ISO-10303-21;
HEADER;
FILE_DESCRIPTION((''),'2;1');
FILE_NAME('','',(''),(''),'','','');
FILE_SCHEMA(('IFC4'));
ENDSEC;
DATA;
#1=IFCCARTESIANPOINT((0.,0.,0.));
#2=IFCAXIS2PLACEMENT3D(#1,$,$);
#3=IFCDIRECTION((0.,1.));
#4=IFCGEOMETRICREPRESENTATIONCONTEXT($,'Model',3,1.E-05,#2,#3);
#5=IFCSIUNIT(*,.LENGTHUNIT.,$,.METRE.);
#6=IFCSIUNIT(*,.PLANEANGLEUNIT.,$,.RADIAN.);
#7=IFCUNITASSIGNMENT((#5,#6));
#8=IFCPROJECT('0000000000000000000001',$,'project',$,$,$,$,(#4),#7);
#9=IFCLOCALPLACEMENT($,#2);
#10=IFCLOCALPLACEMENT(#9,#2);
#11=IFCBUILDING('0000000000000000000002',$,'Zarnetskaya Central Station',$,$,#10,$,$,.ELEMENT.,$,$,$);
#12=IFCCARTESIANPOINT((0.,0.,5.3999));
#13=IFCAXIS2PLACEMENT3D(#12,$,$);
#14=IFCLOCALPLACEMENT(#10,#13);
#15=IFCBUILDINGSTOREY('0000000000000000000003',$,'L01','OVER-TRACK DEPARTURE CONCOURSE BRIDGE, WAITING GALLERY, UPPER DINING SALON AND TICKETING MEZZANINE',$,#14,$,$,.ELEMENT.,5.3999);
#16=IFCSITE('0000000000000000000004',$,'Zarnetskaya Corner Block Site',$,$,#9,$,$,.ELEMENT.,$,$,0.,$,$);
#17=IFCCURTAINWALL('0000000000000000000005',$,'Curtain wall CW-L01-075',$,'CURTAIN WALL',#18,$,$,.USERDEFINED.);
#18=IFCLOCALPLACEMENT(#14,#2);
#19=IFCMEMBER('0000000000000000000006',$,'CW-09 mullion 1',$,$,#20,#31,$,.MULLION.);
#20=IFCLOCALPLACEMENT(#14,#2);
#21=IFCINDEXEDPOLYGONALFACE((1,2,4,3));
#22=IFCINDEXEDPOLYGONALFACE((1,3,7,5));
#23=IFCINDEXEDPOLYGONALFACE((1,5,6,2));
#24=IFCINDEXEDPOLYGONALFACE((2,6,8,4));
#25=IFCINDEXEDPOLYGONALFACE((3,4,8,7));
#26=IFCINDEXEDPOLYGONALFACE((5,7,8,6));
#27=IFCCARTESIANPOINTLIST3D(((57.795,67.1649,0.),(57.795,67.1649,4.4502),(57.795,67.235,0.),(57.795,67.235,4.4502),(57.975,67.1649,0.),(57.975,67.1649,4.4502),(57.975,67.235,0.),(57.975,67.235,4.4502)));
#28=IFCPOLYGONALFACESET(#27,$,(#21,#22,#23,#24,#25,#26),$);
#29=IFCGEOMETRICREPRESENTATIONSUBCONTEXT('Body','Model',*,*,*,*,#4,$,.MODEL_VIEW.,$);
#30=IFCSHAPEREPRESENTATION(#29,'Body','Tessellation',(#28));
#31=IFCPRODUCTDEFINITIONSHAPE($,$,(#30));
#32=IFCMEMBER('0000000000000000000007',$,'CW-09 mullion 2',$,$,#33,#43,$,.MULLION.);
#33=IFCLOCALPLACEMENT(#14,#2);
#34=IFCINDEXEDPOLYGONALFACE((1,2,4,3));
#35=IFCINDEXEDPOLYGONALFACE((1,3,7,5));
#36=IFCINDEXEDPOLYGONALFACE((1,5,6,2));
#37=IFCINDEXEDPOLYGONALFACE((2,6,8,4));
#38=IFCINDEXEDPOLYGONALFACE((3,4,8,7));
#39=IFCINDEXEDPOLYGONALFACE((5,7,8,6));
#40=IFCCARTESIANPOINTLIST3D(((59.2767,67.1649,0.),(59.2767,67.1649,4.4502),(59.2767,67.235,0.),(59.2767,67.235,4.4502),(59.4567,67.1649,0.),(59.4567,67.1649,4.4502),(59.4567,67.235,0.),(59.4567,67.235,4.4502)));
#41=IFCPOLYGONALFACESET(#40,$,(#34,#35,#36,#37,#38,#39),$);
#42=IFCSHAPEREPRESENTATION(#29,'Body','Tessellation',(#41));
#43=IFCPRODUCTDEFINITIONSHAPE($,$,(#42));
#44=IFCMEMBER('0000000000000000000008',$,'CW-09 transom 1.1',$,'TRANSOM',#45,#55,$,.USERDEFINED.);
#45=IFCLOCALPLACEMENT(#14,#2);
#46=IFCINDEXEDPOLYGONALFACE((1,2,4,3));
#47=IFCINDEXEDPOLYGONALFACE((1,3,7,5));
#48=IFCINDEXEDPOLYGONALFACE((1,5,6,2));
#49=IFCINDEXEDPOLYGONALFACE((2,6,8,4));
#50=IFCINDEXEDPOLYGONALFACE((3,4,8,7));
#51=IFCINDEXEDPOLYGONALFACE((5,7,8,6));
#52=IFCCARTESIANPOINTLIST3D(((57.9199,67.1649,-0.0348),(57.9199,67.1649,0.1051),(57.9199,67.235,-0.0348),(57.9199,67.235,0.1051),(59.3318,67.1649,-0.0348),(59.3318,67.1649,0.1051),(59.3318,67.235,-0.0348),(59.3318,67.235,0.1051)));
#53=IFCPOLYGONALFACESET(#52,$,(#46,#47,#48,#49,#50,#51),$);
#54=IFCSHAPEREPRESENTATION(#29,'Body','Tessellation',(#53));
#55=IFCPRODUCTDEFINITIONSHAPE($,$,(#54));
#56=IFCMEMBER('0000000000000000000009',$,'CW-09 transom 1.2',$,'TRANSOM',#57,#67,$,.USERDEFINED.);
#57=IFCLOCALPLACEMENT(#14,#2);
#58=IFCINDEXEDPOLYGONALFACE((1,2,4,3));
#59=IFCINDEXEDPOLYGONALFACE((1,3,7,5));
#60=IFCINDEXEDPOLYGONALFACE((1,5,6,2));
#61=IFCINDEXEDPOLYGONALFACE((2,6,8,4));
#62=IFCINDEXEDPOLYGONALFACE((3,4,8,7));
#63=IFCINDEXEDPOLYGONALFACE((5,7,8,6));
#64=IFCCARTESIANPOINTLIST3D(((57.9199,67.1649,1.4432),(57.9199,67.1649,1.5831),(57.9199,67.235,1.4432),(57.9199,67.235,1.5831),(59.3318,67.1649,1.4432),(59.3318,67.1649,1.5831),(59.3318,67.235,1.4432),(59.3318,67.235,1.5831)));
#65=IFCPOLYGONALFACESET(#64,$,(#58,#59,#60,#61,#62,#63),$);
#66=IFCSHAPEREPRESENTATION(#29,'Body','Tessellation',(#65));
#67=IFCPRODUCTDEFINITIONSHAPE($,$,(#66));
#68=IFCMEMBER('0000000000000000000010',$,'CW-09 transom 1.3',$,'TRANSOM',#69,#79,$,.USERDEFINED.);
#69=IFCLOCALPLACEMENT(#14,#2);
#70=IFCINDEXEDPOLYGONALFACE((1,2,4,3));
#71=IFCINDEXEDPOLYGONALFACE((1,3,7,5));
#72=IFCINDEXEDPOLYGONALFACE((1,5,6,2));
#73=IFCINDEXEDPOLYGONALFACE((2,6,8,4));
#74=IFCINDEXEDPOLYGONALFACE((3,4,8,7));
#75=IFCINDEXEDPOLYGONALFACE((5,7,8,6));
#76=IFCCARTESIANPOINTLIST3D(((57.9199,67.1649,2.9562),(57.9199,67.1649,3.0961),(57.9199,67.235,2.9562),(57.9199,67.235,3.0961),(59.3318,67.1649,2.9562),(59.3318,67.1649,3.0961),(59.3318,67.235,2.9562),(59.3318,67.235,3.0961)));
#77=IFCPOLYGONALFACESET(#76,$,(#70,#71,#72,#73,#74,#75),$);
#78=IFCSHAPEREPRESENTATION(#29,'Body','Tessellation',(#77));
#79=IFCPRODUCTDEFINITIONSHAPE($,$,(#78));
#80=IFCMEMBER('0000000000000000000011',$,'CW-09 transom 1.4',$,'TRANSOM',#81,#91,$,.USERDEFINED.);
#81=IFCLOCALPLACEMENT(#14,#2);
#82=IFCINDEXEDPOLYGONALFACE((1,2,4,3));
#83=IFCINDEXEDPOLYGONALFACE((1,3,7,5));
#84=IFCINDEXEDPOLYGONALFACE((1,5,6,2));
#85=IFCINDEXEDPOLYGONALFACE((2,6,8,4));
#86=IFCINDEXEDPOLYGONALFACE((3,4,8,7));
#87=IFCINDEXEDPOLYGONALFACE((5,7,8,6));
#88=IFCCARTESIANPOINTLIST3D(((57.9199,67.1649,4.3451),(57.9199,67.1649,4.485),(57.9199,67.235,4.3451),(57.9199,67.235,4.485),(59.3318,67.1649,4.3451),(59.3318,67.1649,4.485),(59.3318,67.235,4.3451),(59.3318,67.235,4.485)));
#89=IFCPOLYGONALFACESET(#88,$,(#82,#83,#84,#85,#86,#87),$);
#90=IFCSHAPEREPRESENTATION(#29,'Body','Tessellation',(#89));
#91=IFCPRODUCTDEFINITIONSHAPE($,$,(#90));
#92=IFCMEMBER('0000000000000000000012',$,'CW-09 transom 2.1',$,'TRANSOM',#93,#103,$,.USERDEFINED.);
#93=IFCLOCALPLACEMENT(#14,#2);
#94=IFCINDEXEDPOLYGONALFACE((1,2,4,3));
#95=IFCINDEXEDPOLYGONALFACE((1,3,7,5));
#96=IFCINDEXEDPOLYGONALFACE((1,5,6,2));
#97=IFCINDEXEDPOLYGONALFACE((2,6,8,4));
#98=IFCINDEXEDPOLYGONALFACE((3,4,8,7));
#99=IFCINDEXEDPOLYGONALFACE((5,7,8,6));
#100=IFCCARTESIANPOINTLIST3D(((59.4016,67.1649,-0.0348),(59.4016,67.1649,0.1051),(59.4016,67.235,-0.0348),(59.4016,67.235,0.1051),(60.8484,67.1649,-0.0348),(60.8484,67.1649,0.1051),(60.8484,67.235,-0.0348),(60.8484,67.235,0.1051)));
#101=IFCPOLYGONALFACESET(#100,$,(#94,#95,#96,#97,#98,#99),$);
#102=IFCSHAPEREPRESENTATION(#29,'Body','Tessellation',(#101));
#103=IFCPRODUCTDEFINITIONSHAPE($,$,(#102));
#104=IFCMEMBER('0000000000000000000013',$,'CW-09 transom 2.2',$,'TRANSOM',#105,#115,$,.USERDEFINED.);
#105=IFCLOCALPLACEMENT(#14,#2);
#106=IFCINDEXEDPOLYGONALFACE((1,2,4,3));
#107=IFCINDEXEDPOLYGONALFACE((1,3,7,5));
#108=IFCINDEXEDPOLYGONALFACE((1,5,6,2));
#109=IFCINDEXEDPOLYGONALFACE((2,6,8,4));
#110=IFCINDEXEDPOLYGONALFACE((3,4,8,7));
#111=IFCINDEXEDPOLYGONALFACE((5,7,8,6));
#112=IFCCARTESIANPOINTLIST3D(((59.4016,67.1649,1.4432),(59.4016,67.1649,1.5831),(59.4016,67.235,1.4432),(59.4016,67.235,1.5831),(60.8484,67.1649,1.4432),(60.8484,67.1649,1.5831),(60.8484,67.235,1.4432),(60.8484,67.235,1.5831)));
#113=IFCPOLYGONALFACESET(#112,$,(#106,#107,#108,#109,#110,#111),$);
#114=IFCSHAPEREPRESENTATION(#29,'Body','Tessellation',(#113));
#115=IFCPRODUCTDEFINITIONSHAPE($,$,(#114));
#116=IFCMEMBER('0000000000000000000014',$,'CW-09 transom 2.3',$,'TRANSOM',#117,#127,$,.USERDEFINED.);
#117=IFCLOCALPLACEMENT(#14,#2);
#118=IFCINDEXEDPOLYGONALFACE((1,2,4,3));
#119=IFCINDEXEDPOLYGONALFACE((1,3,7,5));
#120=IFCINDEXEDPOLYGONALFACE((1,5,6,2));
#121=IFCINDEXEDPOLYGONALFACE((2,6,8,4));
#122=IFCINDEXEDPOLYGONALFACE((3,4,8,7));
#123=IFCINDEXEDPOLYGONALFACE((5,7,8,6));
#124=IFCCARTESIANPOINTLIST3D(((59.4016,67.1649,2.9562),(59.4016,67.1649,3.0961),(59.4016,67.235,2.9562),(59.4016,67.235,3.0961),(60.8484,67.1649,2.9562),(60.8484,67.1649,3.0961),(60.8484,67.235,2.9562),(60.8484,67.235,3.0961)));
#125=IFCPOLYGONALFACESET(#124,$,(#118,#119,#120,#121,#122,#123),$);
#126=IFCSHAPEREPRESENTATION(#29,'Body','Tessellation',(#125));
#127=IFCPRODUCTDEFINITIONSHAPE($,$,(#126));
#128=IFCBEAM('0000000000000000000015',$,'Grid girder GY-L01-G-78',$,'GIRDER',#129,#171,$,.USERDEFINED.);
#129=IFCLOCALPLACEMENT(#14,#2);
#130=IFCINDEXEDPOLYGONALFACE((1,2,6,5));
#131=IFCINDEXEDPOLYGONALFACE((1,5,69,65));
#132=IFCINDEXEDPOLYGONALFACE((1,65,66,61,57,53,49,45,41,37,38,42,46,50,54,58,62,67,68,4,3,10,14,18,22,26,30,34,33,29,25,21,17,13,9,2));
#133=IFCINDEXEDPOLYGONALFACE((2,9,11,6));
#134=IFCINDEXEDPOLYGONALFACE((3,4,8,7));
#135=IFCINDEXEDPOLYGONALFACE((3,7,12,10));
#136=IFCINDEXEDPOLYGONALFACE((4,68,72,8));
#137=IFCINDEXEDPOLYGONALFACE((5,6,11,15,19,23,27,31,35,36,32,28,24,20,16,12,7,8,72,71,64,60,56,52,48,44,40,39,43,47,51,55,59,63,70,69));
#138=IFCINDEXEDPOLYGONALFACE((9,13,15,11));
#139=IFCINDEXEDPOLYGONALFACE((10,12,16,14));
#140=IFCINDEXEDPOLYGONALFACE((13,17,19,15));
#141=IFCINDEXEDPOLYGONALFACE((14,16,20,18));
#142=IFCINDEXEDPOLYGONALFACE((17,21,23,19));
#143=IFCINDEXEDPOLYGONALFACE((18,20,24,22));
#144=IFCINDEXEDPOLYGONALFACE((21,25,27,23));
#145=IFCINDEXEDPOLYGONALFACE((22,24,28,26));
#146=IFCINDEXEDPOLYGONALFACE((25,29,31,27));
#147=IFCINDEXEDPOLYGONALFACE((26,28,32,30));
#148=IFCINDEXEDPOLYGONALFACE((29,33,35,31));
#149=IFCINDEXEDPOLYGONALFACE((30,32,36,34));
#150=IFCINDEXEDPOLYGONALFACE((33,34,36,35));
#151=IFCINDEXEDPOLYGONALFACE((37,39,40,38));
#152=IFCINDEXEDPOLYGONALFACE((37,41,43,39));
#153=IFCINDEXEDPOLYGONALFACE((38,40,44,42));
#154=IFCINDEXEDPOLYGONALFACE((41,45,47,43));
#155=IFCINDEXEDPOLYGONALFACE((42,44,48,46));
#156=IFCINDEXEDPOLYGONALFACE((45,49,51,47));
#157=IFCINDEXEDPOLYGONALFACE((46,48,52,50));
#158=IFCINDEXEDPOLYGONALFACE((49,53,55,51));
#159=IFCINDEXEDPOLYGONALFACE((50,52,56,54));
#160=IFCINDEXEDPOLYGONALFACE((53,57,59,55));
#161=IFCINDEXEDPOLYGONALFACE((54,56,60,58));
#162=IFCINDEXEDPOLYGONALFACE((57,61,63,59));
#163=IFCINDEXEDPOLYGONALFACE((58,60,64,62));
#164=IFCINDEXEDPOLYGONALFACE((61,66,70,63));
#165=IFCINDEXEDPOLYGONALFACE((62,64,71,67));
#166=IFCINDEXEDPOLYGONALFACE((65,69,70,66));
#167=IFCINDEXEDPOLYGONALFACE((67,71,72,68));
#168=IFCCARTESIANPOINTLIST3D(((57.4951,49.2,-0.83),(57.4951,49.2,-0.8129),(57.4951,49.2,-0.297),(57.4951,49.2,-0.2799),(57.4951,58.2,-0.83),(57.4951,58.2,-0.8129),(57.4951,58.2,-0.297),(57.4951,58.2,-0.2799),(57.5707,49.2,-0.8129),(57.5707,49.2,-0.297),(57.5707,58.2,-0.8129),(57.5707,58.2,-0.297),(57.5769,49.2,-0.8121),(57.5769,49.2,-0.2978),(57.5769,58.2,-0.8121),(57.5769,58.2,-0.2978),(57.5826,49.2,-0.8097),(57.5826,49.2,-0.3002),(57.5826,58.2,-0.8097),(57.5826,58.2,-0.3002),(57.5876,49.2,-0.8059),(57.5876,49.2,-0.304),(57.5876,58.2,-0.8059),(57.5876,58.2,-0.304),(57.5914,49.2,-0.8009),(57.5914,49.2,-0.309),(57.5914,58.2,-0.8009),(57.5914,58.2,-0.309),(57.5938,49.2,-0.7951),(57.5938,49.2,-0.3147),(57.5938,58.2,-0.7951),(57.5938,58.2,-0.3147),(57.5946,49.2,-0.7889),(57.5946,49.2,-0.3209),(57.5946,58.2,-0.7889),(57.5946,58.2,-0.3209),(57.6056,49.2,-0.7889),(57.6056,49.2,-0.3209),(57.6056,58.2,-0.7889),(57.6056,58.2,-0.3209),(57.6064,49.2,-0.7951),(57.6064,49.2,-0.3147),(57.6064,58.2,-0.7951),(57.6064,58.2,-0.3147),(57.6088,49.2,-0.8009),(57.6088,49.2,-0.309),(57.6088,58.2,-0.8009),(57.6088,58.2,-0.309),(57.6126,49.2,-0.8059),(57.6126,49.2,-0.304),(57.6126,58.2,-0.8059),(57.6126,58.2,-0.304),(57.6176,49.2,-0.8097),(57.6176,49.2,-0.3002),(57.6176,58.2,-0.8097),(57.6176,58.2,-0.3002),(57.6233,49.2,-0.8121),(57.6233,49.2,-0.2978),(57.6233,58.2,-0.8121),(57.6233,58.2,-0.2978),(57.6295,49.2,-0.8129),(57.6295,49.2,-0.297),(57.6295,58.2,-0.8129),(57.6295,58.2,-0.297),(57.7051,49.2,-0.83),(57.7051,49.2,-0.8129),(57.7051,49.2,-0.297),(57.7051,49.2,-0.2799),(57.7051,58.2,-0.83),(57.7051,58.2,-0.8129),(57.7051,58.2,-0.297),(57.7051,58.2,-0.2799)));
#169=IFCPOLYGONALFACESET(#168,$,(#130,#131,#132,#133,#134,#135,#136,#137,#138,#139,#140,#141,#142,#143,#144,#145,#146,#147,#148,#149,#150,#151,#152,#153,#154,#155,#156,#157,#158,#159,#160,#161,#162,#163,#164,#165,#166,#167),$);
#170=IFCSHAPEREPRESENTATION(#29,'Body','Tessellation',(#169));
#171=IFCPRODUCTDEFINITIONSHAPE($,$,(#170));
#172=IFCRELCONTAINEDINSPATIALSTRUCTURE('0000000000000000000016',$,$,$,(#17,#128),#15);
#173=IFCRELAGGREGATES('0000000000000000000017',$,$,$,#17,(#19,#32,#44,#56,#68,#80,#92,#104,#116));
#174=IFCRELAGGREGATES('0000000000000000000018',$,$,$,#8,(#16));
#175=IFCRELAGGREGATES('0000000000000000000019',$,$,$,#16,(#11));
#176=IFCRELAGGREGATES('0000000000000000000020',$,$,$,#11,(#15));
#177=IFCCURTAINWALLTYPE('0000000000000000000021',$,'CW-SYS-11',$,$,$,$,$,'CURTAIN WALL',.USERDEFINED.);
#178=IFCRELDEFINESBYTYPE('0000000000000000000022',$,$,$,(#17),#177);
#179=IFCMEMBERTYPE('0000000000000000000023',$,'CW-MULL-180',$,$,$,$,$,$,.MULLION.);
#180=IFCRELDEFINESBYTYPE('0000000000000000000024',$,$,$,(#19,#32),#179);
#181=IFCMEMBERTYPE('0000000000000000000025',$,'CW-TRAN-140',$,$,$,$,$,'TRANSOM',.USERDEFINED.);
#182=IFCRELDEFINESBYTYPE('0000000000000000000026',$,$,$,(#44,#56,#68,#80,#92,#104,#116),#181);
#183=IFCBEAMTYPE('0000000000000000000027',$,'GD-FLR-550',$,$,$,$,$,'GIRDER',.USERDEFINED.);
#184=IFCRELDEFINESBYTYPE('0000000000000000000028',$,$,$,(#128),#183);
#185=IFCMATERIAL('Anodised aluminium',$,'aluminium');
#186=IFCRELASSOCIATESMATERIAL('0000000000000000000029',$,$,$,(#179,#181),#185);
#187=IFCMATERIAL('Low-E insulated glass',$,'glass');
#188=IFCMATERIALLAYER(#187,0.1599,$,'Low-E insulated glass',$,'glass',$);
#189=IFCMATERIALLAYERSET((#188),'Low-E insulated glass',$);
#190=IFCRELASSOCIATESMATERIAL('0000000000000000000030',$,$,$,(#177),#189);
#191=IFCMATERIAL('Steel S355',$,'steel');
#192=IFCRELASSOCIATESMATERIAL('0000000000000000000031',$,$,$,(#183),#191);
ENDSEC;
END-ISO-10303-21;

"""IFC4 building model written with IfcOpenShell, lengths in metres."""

from ifc_helpers import new_model, si_unit, direction, frame, origin, origin_2d, place, context, subcontext, project, spatial, rectangle, i_section, extrude, material, layer, layer_set, material_profile, profile_set, type_object, element, aggregate, save


model = new_model("IFC4")

# Units and contexts
model_context = context("Model", 3, precision=1e-05, world=origin(), true_north=direction((0.0, 1.0)))
body_context = subcontext(model_context, "Body", "Model", "MODEL_VIEW")
ifc_project = project(units=[si_unit("LENGTHUNIT", "METRE"), si_unit("PLANEANGLEUNIT", "RADIAN")], contexts=[model_context])

# Site, building, storey
site_placement = place(None, origin())
site = spatial("IfcSite", under=ifc_project, at=site_placement, Name="Zarnetskaya Corner Block Site", CompositionType="ELEMENT", RefElevation=0.0)
building_placement = place(site_placement, origin())
building = spatial("IfcBuilding", under=site, at=building_placement, Name="Zarnetskaya Central Station", CompositionType="ELEMENT")
storey_placement = place(building_placement, frame((0.0, 0.0, 5.3999)))
storey = spatial("IfcBuildingStorey", under=building, at=storey_placement, Name="L01", Description="OVER-TRACK DEPARTURE CONCOURSE BRIDGE, WAITING GALLERY, UPPER DINING SALON AND TICKETING MEZZANINE", CompositionType="ELEMENT", Elevation=5.3999)

# Shared definitions
ifc_material_1 = material(Name="Steel S355", Category="steel")

# Shared definitions
ifc_material_2 = material(Name="Low-E insulated glass", Category="glass")
ifc_material_3 = material(Name="Anodised aluminium", Category="aluminium")
ifc_material_profile_1 = material_profile(ifc_material_3, rectangle(XDim=0.0701, YDim=0.1799, at=origin_2d()), Name="ALU MULL 70x180")
ifc_profile_set_1 = profile_set([ifc_material_profile_1], Name="Anodised aluminium")
member_type_1 = type_object("IfcMemberType", Name="CW-MULL-180", PredefinedType="MULLION", material=ifc_profile_set_1)

# Curtain wall, members
ifc_layer_1 = layer(ifc_material_2, 0.1599, Name="Low-E insulated glass", Category="glass")
ifc_layer_set_1 = layer_set([ifc_layer_1], Name="Low-E insulated glass")
curtain_wall_type_1 = type_object("IfcCurtainWallType", Name="CW-SYS-11", ElementType="CURTAIN WALL", PredefinedType="USERDEFINED", material=ifc_layer_set_1)
curtain_wall_1_placement = place(storey_placement, origin())
curtain_wall_1 = element("IfcCurtainWall", 1, at=curtain_wall_1_placement, inside=storey, type_object=curtain_wall_type_1, Name="Curtain wall CW-L01-075", ObjectType="CURTAIN WALL", PredefinedType="USERDEFINED")
member_1_placement = place(storey_placement, frame((57.885, 67.2, 0.0), z_axis=(0.0, 0.0, 1.0), x_axis=(0.0, 1.0, 0.0)))
member_1 = element("IfcMember", 2, at=member_1_placement, type_object=member_type_1, Name="CW-09 mullion 1", PredefinedType="MULLION", context=body_context, shape_type="SweptSolid", body=[
    extrude(rectangle(XDim=0.0701, YDim=0.1799, at=origin_2d()), origin(), (0.0, 0.0, 1.0), 4.4502),
])
member_2_placement = place(storey_placement, frame((59.3667, 67.2, 0.0), z_axis=(0.0, 0.0, 1.0), x_axis=(0.0, 1.0, 0.0)))
member_2 = element("IfcMember", 3, at=member_2_placement, type_object=member_type_1, Name="CW-09 mullion 2", PredefinedType="MULLION", context=body_context, shape_type="SweptSolid", body=[
    extrude(rectangle(XDim=0.0701, YDim=0.1799, at=origin_2d()), origin(), (0.0, 0.0, 1.0), 4.4502),
])
ifc_material_profile_2 = material_profile(ifc_material_3, rectangle(XDim=0.0701, YDim=0.1399, at=origin_2d()), Name="ALU TRAN 70x140")
ifc_profile_set_2 = profile_set([ifc_material_profile_2], Name="Anodised aluminium")
member_type_2 = type_object("IfcMemberType", Name="CW-TRAN-140", ElementType="TRANSOM", PredefinedType="USERDEFINED", material=ifc_profile_set_2)
member_3_placement = place(storey_placement, frame((57.9199, 67.2, 0.0352), z_axis=(1.0, 0.0, 0.0), x_axis=(0.0, 1.0, 0.0)))
member_3 = element("IfcMember", 4, at=member_3_placement, type_object=member_type_2, Name="CW-09 transom 1.1", ObjectType="TRANSOM", PredefinedType="USERDEFINED", context=body_context, shape_type="SweptSolid", body=[
    extrude(rectangle(XDim=0.0701, YDim=0.1399, at=origin_2d()), origin(), (0.0, 0.0, 1.0), 1.4119),
])
member_4_placement = place(storey_placement, frame((57.9199, 67.2, 1.5132), z_axis=(1.0, 0.0, 0.0), x_axis=(0.0, 1.0, 0.0)))
member_4 = element("IfcMember", 5, at=member_4_placement, type_object=member_type_2, Name="CW-09 transom 1.2", ObjectType="TRANSOM", PredefinedType="USERDEFINED", context=body_context, shape_type="SweptSolid", body=[
    extrude(rectangle(XDim=0.0701, YDim=0.1399, at=origin_2d()), origin(), (0.0, 0.0, 1.0), 1.4119),
])
member_5_placement = place(storey_placement, frame((57.9199, 67.2, 3.0261), z_axis=(1.0, 0.0, 0.0), x_axis=(0.0, 1.0, 0.0)))
member_5 = element("IfcMember", 6, at=member_5_placement, type_object=member_type_2, Name="CW-09 transom 1.3", ObjectType="TRANSOM", PredefinedType="USERDEFINED", context=body_context, shape_type="SweptSolid", body=[
    extrude(rectangle(XDim=0.0701, YDim=0.1399, at=origin_2d()), origin(), (0.0, 0.0, 1.0), 1.4119),
])
member_6_placement = place(storey_placement, frame((57.9199, 67.2, 4.415), z_axis=(1.0, 0.0, 0.0), x_axis=(0.0, 1.0, 0.0)))
member_6 = element("IfcMember", 7, at=member_6_placement, type_object=member_type_2, Name="CW-09 transom 1.4", ObjectType="TRANSOM", PredefinedType="USERDEFINED", context=body_context, shape_type="SweptSolid", body=[
    extrude(rectangle(XDim=0.0701, YDim=0.1399, at=origin_2d()), origin(), (0.0, 0.0, 1.0), 1.4119),
])
member_7_placement = place(storey_placement, frame((59.4016, 67.2, 0.0352), z_axis=(1.0, 0.0, 0.0), x_axis=(0.0, 1.0, 0.0)))
member_7 = element("IfcMember", 8, at=member_7_placement, type_object=member_type_2, Name="CW-09 transom 2.1", ObjectType="TRANSOM", PredefinedType="USERDEFINED", context=body_context, shape_type="SweptSolid", body=[
    extrude(rectangle(XDim=0.0701, YDim=0.1399, at=origin_2d()), origin(), (0.0, 0.0, 1.0), 1.4468),
])
member_8_placement = place(storey_placement, frame((59.4016, 67.2, 1.5132), z_axis=(1.0, 0.0, 0.0), x_axis=(0.0, 1.0, 0.0)))
member_8 = element("IfcMember", 9, at=member_8_placement, type_object=member_type_2, Name="CW-09 transom 2.2", ObjectType="TRANSOM", PredefinedType="USERDEFINED", context=body_context, shape_type="SweptSolid", body=[
    extrude(rectangle(XDim=0.0701, YDim=0.1399, at=origin_2d()), origin(), (0.0, 0.0, 1.0), 1.4468),
])
member_9_placement = place(storey_placement, frame((59.4016, 67.2, 3.0261), z_axis=(1.0, 0.0, 0.0), x_axis=(0.0, 1.0, 0.0)))
member_9 = element("IfcMember", 10, at=member_9_placement, type_object=member_type_2, Name="CW-09 transom 2.3", ObjectType="TRANSOM", PredefinedType="USERDEFINED", context=body_context, shape_type="SweptSolid", body=[
    extrude(rectangle(XDim=0.0701, YDim=0.1399, at=origin_2d()), origin(), (0.0, 0.0, 1.0), 1.4468),
])

# Beam
ifc_material_profile_3 = material_profile(ifc_material_1, i_section(OverallWidth=0.21, OverallDepth=0.55, WebThickness=0.011, FlangeThickness=0.0171, FilletRadius=0.0239, at=origin_2d()), Name="IPE 550")
ifc_profile_set_3 = profile_set([ifc_material_profile_3], Name="Steel S355")
beam_type_1 = type_object("IfcBeamType", Name="GD-FLR-550", ElementType="GIRDER", PredefinedType="USERDEFINED", material=ifc_profile_set_3)
for number, where, z_axis, x_axis, name in (
    (11, (57.6001, 49.2, -0.5549), (0.0, 1.0, 0.0), (-1.0, 0.0, 0.0), "Grid girder GY-L01-G-78"),
):
    element("IfcBeam", number, at=place(storey_placement, frame(where, z_axis=z_axis, x_axis=x_axis)), inside=storey, type_object=beam_type_1, Name=name, ObjectType="GIRDER", PredefinedType="USERDEFINED", context=body_context, shape_type="SweptSolid", body=[
        extrude(i_section(OverallWidth=0.21, OverallDepth=0.55, WebThickness=0.011, FlangeThickness=0.0171, FilletRadius=0.0239, at=origin_2d()), origin(), (0.0, 0.0, 1.0), 9.0),
    ])

aggregate(curtain_wall_1, [member_1, member_2, member_3, member_4, member_5, member_6, member_7, member_8, member_9])

save(model, "model.ifc")
